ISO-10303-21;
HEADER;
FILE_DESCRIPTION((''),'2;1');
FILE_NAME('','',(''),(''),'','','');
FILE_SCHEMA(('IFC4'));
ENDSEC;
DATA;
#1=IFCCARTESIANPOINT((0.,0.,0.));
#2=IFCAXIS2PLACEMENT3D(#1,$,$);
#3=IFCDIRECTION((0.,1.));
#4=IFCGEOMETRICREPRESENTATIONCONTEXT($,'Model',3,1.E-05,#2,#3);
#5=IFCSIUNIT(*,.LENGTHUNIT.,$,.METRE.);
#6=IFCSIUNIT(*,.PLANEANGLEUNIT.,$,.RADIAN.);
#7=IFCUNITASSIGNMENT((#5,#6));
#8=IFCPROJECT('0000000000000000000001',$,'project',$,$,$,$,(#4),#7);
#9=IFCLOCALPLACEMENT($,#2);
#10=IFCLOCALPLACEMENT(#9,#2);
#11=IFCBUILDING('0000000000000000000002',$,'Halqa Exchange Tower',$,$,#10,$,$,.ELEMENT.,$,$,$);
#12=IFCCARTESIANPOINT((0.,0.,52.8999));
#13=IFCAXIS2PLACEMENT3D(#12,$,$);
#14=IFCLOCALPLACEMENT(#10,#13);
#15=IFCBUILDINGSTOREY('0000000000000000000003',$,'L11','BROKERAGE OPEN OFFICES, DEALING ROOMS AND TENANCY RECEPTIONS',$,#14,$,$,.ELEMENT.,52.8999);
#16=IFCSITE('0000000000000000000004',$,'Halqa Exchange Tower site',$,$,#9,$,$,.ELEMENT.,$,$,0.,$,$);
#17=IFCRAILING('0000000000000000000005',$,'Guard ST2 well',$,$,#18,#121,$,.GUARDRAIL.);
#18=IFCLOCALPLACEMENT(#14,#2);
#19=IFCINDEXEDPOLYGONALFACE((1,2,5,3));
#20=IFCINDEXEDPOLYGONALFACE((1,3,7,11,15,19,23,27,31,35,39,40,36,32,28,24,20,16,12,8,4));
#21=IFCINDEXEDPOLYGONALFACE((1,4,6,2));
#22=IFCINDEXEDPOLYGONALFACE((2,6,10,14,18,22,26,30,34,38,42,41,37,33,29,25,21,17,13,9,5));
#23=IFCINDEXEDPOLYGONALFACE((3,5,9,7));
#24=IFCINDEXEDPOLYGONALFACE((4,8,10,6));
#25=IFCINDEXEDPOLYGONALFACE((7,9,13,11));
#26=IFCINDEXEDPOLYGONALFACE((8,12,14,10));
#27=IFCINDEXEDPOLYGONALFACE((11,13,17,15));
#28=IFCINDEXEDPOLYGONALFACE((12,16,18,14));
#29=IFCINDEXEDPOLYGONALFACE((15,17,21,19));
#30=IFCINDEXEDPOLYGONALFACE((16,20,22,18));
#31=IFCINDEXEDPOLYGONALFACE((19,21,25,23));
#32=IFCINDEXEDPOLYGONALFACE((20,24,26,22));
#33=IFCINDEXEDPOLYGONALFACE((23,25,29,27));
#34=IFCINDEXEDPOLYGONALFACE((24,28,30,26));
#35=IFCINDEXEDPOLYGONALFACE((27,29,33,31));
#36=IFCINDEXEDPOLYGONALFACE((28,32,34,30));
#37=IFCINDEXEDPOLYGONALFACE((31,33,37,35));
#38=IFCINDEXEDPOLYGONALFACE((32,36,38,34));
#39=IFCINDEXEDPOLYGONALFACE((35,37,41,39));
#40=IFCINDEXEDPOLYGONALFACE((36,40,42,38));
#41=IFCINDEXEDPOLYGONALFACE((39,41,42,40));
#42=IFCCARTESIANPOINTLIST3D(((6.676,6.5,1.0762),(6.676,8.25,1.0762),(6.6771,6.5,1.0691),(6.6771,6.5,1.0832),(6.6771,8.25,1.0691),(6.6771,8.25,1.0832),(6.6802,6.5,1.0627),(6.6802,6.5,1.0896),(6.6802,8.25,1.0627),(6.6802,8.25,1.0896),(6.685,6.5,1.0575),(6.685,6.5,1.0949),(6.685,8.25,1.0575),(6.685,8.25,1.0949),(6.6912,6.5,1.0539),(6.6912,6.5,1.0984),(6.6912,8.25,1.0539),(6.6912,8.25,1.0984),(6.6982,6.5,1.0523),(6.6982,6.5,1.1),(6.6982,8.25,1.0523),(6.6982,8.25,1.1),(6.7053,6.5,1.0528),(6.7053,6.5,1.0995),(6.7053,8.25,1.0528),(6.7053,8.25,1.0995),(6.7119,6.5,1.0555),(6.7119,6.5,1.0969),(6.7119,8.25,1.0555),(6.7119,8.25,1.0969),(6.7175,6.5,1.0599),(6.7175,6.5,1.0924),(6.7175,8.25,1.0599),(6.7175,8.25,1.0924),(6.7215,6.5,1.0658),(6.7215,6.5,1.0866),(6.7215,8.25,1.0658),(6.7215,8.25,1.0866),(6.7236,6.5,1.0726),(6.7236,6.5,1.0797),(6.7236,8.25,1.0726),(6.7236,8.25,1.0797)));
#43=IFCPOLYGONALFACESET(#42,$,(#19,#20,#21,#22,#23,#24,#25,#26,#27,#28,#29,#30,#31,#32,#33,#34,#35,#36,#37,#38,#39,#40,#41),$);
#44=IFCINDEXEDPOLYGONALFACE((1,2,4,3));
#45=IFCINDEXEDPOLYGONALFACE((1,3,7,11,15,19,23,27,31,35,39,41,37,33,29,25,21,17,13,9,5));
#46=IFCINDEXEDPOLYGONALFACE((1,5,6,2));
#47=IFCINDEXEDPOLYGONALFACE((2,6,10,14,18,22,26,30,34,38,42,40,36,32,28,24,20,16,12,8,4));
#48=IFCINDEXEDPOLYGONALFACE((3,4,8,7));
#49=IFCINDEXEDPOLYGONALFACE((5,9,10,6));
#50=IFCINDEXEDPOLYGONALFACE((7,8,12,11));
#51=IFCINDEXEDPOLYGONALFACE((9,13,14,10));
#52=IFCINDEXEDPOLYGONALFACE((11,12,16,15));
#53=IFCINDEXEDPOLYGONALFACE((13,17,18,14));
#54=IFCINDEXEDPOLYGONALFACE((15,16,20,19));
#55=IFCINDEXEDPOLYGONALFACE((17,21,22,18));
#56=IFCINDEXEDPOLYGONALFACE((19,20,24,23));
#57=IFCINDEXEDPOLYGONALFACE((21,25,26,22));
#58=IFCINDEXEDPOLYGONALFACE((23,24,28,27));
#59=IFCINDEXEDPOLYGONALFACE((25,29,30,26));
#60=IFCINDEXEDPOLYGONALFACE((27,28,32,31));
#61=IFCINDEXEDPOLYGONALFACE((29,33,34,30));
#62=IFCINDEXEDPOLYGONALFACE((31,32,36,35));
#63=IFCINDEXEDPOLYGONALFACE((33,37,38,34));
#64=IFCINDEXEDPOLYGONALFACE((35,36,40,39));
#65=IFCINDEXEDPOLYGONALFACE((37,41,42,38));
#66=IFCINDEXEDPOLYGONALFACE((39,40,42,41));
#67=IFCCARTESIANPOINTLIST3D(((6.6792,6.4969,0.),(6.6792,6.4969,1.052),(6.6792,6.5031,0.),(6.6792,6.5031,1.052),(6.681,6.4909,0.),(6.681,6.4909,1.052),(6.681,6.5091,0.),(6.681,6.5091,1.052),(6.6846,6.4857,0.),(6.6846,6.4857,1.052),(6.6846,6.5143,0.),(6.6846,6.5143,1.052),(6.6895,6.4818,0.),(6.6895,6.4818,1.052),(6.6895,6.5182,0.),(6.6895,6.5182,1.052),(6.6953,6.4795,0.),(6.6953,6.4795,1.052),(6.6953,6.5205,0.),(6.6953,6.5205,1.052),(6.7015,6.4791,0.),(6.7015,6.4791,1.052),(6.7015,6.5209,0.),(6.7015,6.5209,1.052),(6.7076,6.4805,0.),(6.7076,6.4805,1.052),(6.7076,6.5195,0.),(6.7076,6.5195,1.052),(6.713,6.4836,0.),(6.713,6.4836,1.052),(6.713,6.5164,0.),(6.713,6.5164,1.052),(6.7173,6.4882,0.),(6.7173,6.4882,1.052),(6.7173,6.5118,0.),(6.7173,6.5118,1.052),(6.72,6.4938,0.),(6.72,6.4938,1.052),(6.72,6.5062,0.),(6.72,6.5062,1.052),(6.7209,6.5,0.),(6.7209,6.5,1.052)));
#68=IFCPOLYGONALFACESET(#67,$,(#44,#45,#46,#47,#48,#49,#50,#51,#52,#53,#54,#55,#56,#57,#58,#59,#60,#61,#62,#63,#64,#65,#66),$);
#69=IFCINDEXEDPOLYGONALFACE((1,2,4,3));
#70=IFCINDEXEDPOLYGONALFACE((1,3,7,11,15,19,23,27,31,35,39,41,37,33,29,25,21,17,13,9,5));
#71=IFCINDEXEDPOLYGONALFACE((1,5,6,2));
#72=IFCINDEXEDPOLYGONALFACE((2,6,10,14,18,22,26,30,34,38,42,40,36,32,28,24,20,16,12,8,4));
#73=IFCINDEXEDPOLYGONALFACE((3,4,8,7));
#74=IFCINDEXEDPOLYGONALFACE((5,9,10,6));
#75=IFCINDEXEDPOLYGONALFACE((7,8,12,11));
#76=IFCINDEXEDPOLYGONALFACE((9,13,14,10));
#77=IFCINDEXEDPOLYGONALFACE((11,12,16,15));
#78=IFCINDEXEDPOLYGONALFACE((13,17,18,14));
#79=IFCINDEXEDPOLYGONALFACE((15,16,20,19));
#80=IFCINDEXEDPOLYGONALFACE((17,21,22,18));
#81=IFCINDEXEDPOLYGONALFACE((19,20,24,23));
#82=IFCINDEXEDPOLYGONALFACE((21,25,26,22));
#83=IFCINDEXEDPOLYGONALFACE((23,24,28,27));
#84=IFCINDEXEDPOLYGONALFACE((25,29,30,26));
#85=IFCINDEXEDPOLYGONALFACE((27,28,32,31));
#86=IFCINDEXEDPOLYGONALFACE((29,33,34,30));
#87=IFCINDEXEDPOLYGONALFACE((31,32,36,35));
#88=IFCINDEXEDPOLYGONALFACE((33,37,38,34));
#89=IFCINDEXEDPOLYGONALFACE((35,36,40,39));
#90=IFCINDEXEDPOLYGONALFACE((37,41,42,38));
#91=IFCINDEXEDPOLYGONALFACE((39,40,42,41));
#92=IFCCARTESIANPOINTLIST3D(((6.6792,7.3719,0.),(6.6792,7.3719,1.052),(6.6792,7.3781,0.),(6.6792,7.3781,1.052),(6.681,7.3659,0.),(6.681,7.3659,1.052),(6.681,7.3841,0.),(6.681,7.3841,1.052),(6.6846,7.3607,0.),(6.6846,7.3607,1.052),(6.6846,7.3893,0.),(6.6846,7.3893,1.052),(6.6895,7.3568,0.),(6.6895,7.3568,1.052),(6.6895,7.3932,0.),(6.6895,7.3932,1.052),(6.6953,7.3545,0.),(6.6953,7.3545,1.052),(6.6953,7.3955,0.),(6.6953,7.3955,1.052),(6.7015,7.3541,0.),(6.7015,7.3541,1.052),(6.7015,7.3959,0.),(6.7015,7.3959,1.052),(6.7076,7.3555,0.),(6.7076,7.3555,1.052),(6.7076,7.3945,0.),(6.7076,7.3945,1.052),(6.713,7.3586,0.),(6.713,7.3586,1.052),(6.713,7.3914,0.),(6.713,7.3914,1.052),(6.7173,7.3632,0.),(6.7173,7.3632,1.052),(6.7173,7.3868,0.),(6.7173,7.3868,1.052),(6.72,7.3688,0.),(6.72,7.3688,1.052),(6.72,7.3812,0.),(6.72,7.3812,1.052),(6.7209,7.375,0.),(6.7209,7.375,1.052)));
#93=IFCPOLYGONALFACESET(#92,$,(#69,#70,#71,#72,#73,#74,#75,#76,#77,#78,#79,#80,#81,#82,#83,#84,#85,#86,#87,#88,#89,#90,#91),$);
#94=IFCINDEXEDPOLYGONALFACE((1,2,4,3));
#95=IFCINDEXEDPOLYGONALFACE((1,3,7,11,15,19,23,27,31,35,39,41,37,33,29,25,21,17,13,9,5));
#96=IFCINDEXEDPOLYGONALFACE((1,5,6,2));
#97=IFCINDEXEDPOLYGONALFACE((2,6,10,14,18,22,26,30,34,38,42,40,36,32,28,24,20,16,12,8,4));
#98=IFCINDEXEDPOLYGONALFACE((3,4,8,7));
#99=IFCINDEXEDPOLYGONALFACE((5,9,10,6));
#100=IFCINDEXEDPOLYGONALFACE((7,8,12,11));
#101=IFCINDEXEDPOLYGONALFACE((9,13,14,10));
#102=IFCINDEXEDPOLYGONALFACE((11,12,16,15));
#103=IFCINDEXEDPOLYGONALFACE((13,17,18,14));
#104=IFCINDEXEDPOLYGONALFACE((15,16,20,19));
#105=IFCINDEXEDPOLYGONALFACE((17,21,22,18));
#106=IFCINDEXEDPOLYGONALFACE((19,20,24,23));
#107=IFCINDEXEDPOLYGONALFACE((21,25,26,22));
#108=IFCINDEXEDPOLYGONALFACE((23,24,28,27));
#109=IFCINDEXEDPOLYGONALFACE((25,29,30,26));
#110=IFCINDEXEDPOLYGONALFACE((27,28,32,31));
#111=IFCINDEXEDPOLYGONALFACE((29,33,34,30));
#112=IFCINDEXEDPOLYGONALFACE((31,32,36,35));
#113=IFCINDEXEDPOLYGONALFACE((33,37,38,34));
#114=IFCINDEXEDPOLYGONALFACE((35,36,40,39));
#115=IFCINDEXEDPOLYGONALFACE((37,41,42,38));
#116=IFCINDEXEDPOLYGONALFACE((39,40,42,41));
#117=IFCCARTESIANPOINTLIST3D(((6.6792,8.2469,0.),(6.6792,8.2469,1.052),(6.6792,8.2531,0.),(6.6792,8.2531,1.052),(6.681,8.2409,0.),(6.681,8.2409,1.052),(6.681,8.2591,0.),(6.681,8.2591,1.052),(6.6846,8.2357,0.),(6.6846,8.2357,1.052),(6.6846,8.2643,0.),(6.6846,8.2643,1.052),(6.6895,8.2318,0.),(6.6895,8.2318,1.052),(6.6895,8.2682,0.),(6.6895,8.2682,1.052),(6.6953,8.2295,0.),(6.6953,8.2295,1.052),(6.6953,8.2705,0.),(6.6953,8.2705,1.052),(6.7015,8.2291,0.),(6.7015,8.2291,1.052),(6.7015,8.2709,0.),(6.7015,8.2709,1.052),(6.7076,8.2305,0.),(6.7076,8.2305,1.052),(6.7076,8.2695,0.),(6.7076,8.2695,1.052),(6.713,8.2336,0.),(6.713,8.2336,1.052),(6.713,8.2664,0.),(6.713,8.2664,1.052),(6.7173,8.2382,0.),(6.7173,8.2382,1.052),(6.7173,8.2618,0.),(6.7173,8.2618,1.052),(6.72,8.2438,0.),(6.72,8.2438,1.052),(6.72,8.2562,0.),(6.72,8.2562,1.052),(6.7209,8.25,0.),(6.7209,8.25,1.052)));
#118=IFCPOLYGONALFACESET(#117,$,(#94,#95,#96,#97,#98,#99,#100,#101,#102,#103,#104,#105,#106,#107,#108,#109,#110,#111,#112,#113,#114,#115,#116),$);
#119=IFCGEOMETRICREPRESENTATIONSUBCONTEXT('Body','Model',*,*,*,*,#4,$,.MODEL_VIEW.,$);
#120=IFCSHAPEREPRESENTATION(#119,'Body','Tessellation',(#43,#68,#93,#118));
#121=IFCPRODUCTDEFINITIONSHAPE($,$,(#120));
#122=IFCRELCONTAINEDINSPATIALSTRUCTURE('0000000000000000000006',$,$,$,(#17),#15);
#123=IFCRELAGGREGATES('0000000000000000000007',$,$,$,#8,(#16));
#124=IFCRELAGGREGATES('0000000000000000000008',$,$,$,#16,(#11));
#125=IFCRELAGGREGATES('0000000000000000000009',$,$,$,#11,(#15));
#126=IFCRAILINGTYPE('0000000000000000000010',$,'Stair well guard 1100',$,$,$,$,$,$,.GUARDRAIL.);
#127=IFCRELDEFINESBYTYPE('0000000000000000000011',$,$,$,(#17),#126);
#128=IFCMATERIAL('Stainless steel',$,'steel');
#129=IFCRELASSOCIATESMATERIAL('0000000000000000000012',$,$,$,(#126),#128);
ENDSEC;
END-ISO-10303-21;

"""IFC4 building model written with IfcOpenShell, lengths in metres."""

from ifc_helpers import new_model, si_unit, direction, frame, origin, origin_2d, place, context, subcontext, project, spatial, circle, extrude, material, type_object, element, save


model = new_model("IFC4")

# Units and contexts
model_context = context("Model", 3, precision=1e-05, world=origin(), true_north=direction((0.0, 1.0)))
body_context = subcontext(model_context, "Body", "Model", "MODEL_VIEW")
ifc_project = project(units=[si_unit("LENGTHUNIT", "METRE"), si_unit("PLANEANGLEUNIT", "RADIAN")], contexts=[model_context])

# Site, building, storey
site_placement = place(None, origin())
site = spatial("IfcSite", under=ifc_project, at=site_placement, Name="Halqa Exchange Tower site", CompositionType="ELEMENT", RefElevation=0.0)
building_placement = place(site_placement, origin())
building = spatial("IfcBuilding", under=site, at=building_placement, Name="Halqa Exchange Tower", CompositionType="ELEMENT")
storey_placement = place(building_placement, frame((0.0, 0.0, 52.8999)))
storey = spatial("IfcBuildingStorey", under=building, at=storey_placement, Name="L11", Description="BROKERAGE OPEN OFFICES, DEALING ROOMS AND TENANCY RECEPTIONS", CompositionType="ELEMENT", Elevation=52.8999)

# Railing
ifc_material_1 = material(Name="Stainless steel", Category="steel")
railing_type_1 = type_object("IfcRailingType", Name="Stair well guard 1100", PredefinedType="GUARDRAIL", material=ifc_material_1)
railing_1_placement = place(storey_placement, frame((6.7, 6.5, 0.0)))
element("IfcRailing", 1, at=railing_1_placement, inside=storey, type_object=railing_type_1, Name="Guard ST2 well", PredefinedType="GUARDRAIL", context=body_context, shape_type="SweptSolid", body=[
    extrude(circle(Radius=0.0239, at=origin_2d()), frame((0.0, 0.0, 1.0762), z_axis=(0.0, 1.0, 0.0), x_axis=(-1.0, 0.0, 0.0)), (0.0, 0.0, 1.0), 1.75),
    extrude(circle(Radius=0.021, at=origin_2d()), origin(), (0.0, 0.0, 1.0), 1.052),
    extrude(circle(Radius=0.021, at=origin_2d()), frame((0.0, 0.875, 0.0)), (0.0, 0.0, 1.0), 1.052),
    extrude(circle(Radius=0.021, at=origin_2d()), frame((0.0, 1.75, 0.0)), (0.0, 0.0, 1.0), 1.052),
])

save(model, "model.ifc")
